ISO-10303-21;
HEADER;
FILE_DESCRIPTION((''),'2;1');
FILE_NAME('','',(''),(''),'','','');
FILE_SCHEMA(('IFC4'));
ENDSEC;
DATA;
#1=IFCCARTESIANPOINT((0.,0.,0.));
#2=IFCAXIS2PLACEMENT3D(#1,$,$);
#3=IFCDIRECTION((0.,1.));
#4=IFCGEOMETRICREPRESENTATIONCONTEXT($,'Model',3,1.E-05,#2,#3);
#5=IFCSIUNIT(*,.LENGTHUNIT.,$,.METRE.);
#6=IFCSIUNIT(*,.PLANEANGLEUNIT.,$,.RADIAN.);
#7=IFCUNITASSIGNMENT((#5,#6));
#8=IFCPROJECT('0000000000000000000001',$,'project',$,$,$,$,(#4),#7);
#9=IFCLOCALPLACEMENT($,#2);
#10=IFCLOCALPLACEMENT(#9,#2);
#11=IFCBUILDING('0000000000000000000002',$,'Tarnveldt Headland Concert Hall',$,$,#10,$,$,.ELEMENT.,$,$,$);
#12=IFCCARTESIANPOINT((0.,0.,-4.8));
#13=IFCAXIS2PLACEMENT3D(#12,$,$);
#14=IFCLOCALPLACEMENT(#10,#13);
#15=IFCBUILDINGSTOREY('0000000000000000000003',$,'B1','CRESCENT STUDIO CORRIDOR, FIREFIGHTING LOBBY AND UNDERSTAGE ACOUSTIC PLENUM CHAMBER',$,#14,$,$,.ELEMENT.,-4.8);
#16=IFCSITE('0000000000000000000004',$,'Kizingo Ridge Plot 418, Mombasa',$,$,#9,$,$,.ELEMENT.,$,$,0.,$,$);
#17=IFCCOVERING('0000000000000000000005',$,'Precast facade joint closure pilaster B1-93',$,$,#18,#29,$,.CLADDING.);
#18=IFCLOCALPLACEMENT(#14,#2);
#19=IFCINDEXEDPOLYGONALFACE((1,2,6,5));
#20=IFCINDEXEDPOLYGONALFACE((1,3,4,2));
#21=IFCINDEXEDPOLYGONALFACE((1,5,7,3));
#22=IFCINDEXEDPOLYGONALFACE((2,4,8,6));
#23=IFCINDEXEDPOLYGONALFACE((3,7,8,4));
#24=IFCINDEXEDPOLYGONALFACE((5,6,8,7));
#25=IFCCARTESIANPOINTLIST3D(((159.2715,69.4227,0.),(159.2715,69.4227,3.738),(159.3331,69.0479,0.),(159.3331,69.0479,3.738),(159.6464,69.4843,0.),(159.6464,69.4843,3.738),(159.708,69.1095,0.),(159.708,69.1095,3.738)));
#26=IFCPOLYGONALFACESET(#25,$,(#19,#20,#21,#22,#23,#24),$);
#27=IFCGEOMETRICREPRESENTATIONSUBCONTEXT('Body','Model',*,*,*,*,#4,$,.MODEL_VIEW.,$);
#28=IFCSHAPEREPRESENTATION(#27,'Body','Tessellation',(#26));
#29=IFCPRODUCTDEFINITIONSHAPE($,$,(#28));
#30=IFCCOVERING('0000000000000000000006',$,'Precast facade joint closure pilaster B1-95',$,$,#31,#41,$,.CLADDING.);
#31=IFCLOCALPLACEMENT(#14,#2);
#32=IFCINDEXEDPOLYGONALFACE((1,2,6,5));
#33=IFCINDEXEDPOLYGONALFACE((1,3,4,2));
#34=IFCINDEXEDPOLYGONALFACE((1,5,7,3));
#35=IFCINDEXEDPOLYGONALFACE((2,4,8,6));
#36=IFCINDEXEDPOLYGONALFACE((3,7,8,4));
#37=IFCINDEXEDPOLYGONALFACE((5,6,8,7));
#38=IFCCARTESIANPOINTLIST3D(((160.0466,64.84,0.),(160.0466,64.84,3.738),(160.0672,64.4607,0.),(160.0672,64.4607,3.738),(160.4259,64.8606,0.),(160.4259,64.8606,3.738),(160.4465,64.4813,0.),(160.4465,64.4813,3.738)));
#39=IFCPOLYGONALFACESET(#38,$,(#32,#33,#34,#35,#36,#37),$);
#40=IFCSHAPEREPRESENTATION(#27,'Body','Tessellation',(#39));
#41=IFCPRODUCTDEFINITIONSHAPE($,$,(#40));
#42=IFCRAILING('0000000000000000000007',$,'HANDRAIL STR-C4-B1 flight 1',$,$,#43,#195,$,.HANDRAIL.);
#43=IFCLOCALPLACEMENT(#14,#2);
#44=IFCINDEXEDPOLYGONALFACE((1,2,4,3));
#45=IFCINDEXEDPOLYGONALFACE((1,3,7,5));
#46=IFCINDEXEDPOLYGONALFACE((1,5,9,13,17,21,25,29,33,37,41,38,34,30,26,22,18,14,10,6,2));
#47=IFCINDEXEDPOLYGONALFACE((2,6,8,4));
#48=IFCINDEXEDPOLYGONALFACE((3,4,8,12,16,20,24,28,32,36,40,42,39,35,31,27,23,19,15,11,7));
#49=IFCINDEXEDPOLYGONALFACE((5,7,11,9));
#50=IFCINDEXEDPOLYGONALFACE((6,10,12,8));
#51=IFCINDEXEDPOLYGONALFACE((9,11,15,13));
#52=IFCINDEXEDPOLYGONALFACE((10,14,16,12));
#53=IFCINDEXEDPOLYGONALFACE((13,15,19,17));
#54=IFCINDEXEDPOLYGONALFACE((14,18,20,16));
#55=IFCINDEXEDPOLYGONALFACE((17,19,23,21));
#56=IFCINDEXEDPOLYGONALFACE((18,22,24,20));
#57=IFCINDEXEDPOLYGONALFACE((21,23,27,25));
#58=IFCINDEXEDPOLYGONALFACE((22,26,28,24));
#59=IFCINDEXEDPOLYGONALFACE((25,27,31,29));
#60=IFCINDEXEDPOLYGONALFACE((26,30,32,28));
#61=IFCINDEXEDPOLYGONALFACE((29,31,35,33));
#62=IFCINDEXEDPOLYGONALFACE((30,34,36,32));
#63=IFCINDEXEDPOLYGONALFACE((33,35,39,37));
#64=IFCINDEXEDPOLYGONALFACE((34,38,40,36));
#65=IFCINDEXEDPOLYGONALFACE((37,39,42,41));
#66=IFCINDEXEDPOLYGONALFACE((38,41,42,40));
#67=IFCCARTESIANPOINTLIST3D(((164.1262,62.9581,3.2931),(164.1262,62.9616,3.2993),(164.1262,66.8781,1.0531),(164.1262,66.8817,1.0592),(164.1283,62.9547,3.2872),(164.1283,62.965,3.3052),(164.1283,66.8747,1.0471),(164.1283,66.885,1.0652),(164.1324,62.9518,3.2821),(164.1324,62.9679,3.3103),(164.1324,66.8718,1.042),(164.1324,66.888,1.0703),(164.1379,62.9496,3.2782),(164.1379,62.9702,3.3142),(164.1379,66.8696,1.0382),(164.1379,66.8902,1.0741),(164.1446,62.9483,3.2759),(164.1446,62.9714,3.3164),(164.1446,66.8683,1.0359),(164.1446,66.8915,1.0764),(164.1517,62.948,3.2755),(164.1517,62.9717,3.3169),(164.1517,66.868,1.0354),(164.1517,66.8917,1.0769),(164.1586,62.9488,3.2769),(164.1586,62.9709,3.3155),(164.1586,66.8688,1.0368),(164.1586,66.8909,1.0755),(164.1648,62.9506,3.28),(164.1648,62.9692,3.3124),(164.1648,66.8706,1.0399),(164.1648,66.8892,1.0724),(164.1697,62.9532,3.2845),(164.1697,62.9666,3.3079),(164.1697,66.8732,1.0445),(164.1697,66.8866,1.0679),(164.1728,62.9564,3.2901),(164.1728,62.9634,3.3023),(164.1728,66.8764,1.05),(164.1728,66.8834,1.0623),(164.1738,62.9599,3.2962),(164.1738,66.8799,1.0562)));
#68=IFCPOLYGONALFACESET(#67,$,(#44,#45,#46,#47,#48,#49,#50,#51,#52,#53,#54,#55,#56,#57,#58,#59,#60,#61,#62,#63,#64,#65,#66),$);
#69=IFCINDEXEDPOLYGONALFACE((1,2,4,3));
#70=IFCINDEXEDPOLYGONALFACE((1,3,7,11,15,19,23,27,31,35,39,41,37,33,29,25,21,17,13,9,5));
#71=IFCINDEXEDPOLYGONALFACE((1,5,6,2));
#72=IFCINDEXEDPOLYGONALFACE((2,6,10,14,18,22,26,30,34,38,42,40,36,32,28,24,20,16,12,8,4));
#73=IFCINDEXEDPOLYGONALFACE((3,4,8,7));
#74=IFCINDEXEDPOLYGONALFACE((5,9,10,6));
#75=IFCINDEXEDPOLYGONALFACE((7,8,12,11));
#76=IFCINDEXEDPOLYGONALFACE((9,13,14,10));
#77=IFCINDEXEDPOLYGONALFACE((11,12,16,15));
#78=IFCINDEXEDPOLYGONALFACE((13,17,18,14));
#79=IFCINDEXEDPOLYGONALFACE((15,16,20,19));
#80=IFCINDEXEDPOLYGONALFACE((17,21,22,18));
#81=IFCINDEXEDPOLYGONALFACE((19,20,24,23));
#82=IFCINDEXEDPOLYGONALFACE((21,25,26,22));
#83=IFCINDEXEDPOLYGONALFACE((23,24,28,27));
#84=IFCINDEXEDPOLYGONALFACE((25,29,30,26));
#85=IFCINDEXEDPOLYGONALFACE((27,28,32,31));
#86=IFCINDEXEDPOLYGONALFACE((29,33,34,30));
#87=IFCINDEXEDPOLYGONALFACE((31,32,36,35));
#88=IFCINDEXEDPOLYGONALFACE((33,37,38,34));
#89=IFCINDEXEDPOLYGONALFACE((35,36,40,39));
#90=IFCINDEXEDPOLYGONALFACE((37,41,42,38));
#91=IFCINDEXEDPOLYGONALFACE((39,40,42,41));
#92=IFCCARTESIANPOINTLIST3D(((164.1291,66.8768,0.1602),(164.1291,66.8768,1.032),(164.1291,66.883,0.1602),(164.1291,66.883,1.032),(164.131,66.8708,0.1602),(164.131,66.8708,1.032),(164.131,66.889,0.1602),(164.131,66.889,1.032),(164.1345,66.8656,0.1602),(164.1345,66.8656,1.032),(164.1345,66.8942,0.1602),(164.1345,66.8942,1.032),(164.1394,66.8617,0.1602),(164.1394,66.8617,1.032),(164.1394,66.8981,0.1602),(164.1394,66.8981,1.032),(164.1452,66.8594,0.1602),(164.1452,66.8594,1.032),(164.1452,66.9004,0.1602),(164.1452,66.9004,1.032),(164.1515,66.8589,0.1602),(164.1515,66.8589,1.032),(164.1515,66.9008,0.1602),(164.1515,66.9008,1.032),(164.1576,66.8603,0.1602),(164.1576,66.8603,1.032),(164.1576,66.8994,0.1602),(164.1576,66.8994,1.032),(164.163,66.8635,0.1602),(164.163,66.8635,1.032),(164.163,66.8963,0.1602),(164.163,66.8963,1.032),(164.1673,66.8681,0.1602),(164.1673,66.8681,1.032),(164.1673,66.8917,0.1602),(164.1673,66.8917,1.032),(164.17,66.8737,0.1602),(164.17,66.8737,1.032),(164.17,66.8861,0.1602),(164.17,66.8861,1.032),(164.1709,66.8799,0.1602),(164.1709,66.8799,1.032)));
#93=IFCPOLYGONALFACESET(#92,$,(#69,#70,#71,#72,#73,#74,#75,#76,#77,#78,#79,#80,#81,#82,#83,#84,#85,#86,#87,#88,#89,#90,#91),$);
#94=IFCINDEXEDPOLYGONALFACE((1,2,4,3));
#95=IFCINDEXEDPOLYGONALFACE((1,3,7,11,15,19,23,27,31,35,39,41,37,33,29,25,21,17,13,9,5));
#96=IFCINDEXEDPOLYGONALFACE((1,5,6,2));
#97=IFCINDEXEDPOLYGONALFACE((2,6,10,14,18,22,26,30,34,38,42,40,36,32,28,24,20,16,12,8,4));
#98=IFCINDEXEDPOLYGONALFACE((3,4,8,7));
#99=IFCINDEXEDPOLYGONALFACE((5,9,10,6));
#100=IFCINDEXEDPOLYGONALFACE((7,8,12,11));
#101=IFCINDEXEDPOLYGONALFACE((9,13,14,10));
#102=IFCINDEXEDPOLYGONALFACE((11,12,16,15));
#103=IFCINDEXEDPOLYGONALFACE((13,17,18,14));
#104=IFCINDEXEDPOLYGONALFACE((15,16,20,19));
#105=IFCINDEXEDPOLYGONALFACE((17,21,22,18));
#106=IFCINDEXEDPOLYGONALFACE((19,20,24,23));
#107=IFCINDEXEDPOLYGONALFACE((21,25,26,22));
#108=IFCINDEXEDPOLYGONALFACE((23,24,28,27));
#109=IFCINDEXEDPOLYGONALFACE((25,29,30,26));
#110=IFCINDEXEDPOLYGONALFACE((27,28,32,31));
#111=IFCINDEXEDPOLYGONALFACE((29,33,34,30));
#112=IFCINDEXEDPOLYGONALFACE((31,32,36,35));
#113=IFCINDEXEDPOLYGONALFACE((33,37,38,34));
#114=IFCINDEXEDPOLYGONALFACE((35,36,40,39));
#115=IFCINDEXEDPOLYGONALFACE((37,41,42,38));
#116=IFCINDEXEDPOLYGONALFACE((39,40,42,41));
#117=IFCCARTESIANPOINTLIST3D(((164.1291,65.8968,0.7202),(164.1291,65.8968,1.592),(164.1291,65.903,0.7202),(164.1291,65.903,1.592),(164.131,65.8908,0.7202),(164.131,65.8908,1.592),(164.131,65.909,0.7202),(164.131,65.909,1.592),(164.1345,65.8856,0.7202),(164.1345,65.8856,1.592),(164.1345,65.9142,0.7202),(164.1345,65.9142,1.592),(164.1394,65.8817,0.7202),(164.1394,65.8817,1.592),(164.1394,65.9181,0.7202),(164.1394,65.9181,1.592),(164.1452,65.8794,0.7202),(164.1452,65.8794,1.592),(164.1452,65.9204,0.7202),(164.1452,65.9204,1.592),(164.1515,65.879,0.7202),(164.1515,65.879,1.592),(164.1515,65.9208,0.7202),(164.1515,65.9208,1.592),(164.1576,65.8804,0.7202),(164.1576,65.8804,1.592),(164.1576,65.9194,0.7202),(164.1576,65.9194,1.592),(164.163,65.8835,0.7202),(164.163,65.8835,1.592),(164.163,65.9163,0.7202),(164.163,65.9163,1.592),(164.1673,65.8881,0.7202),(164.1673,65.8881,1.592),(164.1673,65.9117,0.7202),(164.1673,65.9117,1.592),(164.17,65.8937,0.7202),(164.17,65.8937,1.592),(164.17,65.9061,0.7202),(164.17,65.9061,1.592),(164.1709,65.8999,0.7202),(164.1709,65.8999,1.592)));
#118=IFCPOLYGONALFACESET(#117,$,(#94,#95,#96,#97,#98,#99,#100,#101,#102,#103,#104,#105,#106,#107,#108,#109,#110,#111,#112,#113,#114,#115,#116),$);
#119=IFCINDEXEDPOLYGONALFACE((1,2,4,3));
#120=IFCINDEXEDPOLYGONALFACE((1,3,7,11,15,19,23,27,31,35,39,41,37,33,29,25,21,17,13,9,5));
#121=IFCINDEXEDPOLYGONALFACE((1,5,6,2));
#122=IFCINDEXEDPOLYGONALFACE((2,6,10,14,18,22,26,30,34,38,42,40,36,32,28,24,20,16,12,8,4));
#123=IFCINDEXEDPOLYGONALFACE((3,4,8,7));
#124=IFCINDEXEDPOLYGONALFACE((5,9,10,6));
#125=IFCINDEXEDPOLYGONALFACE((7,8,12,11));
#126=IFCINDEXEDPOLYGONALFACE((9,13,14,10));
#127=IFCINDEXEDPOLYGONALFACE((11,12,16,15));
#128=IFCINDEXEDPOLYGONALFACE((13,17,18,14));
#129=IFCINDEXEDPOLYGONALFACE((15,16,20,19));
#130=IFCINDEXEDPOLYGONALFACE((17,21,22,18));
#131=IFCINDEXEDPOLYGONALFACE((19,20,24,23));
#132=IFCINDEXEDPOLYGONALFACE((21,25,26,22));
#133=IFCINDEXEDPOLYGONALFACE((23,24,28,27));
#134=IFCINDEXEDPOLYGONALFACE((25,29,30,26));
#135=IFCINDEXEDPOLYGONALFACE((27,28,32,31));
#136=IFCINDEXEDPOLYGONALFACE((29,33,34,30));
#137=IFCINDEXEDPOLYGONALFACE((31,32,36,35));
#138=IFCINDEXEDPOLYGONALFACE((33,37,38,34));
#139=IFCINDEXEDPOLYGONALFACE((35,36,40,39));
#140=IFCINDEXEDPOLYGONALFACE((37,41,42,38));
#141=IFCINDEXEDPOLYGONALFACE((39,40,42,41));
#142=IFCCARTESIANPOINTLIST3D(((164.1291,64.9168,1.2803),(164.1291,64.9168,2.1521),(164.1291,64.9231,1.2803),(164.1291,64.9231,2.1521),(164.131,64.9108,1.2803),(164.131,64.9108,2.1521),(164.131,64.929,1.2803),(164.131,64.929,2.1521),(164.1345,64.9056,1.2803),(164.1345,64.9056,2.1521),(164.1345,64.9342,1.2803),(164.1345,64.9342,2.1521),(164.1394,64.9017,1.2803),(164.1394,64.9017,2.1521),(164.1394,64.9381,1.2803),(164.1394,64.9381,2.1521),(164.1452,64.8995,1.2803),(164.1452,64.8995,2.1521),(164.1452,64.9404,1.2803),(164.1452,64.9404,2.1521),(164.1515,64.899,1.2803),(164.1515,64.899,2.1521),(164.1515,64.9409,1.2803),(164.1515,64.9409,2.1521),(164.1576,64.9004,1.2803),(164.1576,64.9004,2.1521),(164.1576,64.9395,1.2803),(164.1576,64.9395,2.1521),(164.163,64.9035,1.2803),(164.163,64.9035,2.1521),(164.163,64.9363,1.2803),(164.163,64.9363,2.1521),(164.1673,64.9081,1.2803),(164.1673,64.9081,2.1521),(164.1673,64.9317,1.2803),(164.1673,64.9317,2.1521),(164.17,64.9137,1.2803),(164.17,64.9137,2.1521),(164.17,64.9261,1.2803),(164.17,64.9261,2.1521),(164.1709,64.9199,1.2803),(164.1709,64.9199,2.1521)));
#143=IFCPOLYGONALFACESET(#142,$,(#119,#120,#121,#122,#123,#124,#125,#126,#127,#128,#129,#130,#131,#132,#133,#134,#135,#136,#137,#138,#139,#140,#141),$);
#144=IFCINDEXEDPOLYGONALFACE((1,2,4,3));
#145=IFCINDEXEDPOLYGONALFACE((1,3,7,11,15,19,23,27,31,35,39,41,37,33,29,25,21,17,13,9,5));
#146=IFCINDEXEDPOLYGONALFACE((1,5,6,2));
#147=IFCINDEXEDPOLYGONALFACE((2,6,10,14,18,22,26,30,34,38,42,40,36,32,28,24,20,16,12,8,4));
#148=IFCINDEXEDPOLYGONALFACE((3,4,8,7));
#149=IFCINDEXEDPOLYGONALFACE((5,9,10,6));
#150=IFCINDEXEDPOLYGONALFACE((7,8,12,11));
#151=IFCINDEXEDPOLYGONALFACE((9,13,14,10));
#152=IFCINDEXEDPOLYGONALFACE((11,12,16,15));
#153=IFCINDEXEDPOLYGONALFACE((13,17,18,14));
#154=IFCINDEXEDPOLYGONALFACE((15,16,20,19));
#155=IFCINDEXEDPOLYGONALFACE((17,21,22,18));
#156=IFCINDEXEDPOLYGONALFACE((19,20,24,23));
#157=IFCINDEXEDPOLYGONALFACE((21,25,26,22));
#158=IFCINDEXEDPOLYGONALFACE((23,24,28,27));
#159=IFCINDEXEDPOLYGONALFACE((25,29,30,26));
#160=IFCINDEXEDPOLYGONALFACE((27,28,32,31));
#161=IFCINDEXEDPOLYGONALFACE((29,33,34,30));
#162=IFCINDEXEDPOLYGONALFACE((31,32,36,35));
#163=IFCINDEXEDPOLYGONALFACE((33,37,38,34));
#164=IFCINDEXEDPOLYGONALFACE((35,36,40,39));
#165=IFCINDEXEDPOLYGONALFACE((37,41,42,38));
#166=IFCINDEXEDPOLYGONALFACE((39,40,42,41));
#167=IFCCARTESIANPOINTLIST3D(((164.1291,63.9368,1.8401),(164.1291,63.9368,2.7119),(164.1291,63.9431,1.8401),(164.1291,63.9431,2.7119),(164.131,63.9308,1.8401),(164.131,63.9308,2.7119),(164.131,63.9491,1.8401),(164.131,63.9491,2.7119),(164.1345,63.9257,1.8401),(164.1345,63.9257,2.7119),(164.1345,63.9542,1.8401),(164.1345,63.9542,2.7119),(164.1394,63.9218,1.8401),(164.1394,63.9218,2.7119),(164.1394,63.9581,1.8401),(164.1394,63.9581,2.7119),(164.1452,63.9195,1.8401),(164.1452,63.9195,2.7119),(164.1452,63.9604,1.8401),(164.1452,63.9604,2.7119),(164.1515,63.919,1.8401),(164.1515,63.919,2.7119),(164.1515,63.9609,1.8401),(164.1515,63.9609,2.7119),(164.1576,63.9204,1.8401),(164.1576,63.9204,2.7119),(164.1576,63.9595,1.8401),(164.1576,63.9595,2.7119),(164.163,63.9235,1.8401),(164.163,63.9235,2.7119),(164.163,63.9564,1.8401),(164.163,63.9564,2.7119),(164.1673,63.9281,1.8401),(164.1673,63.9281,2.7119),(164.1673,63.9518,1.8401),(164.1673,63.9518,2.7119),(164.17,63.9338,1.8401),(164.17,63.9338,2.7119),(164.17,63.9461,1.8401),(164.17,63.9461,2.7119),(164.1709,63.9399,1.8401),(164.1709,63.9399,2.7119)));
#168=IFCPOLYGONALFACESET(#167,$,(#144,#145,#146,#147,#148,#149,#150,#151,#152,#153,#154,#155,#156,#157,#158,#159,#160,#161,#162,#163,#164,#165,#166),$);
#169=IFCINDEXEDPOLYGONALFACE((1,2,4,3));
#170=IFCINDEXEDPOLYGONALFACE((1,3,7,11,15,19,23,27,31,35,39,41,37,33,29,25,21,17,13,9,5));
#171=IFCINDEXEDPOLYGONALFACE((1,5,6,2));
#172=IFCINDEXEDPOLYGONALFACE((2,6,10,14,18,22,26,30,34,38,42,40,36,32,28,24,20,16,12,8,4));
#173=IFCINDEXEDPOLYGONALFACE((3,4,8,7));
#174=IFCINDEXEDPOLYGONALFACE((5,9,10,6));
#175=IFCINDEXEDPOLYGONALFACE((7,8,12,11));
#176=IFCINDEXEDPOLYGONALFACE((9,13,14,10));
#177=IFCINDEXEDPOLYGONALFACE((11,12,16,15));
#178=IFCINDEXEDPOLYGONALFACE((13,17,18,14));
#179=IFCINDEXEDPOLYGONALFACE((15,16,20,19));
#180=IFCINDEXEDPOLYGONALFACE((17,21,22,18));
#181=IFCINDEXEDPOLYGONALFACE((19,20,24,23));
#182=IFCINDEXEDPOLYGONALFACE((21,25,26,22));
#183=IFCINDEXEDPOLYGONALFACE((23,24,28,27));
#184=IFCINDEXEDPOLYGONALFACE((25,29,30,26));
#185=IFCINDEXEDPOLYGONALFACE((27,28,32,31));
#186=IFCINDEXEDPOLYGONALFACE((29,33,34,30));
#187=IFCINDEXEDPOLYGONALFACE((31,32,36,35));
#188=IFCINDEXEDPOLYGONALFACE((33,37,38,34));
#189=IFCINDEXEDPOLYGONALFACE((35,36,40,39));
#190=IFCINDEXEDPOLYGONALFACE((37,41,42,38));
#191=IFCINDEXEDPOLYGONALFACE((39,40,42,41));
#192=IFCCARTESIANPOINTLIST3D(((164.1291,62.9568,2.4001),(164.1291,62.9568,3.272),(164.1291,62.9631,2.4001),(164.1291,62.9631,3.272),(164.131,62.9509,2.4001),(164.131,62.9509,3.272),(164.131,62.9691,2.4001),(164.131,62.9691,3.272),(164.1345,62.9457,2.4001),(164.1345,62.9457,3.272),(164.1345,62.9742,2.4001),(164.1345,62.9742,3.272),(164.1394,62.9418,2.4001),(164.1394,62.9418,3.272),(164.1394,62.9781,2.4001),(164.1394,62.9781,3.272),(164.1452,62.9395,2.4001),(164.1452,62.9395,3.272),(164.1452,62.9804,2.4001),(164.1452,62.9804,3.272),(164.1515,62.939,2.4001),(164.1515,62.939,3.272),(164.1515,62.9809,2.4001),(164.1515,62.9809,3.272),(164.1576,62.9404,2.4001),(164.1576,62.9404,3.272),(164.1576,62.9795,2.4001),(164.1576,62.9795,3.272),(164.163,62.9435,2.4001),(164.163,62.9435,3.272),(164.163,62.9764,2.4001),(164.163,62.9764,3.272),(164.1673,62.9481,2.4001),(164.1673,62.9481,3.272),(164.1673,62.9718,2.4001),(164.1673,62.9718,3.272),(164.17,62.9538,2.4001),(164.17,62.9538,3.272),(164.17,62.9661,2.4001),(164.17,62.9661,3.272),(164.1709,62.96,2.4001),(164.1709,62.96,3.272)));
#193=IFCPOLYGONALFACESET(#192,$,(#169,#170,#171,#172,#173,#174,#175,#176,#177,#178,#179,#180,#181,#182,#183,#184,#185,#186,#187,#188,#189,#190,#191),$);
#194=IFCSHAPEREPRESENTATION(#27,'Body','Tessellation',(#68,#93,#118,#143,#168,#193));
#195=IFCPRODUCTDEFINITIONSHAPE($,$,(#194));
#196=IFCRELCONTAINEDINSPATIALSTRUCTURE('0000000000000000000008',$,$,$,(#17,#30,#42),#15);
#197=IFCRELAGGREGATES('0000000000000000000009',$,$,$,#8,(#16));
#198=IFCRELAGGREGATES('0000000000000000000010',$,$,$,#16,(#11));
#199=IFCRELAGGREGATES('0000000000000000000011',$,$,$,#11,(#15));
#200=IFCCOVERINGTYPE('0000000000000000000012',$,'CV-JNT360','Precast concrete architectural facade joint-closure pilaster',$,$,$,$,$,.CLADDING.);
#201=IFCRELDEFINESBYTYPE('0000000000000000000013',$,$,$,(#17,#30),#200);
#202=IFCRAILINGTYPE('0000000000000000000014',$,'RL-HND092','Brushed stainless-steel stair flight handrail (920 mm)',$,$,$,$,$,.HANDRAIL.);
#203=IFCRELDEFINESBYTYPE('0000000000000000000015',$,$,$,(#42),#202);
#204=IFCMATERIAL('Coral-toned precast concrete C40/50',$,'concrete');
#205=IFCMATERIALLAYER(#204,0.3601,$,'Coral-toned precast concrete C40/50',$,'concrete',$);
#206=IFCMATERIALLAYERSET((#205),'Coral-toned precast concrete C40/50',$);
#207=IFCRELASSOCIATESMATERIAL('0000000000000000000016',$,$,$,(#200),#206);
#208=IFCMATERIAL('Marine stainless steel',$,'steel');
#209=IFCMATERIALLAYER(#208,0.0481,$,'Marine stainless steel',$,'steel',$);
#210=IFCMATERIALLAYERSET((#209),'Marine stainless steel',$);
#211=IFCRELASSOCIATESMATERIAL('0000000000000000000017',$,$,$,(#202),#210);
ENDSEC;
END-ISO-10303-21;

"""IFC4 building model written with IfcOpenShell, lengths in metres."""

from ifc_helpers import new_model, si_unit, direction, frame, origin, origin_2d, place, context, subcontext, project, spatial, rectangle, circle, extrude, material, layer, layer_set, type_object, element, save


model = new_model("IFC4")

# Units and contexts
model_context = context("Model", 3, precision=1e-05, world=origin(), true_north=direction((0.0, 1.0)))
body_context = subcontext(model_context, "Body", "Model", "MODEL_VIEW")
ifc_project = project(units=[si_unit("LENGTHUNIT", "METRE"), si_unit("PLANEANGLEUNIT", "RADIAN")], contexts=[model_context])

# Site, building, storey
site_placement = place(None, origin())
site = spatial("IfcSite", under=ifc_project, at=site_placement, Name="Kizingo Ridge Plot 418, Mombasa", CompositionType="ELEMENT", RefElevation=0.0)
building_placement = place(site_placement, origin())
building = spatial("IfcBuilding", under=site, at=building_placement, Name="Tarnveldt Headland Concert Hall", CompositionType="ELEMENT")
storey_placement = place(building_placement, frame((0.0, 0.0, -4.8)))
storey = spatial("IfcBuildingStorey", under=building, at=storey_placement, Name="B1", Description="CRESCENT STUDIO CORRIDOR, FIREFIGHTING LOBBY AND UNDERSTAGE ACOUSTIC PLENUM CHAMBER", CompositionType="ELEMENT", Elevation=-4.8)

# Shared definitions
ifc_material_1 = material(Name="Coral-toned precast concrete C40/50", Category="concrete")

# Coverings
ifc_layer_1 = layer(ifc_material_1, 0.3601, Name="Coral-toned precast concrete C40/50", Category="concrete")
ifc_layer_set_1 = layer_set([ifc_layer_1], Name="Coral-toned precast concrete C40/50")
covering_type = type_object("IfcCoveringType", Name="CV-JNT360", Description="Precast concrete architectural facade joint-closure pilaster", PredefinedType="CLADDING", material=ifc_layer_set_1)
for number, where, z_axis, x_axis, name in (
    (1, (159.4897, 69.2661, 0.0), (0.0, 0.0, 1.0), (-0.162121, 0.986771, 0.0), "Precast facade joint closure pilaster B1-93"),
    (2, (160.2466, 64.6606, 0.0), (0.0, 0.0, 1.0), (-0.054253, 0.998527, 0.0), "Precast facade joint closure pilaster B1-95"),
):
    element("IfcCovering", number, at=place(storey_placement, frame(where, z_axis=z_axis, x_axis=x_axis)), inside=storey, type_object=covering_type, Name=name, PredefinedType="CLADDING", context=body_context, shape_type="SweptSolid", body=[
        extrude(rectangle(XDim=0.3799, YDim=0.3799, at=origin_2d()), origin(), (0.0, 0.0, 1.0), 3.738),
    ])

# Railing
ifc_material_2 = material(Name="Marine stainless steel", Category="steel")
ifc_layer_2 = layer(ifc_material_2, 0.0481, Name="Marine stainless steel", Category="steel")
ifc_layer_set_2 = layer_set([ifc_layer_2], Name="Marine stainless steel")
railing_type = type_object("IfcRailingType", Name="RL-HND092", Description="Brushed stainless-steel stair flight handrail (920 mm)", PredefinedType="HANDRAIL", material=ifc_layer_set_2)
railing_placement = place(storey_placement, frame((164.1499, 66.8799, 0.1602)))
element("IfcRailing", 3, at=railing_placement, inside=storey, type_object=railing_type, Name="HANDRAIL STR-C4-B1 flight 1", PredefinedType="HANDRAIL", context=body_context, shape_type="SweptSolid", body=[
    extrude(circle(Radius=0.0239, at=origin_2d()), frame((0.0, 0.0, 0.896), z_axis=(0.0, -0.86824, 0.496145), x_axis=(1.0, 0.0, 0.0)), (0.0, 0.0, 1.0), 4.5149),
    extrude(circle(Radius=0.021, at=origin_2d()), origin(), (0.0, 0.0, 1.0), 0.8718),
    extrude(circle(Radius=0.021, at=origin_2d()), frame((0.0, -0.98, 0.5601)), (0.0, 0.0, 1.0), 0.8718),
    extrude(circle(Radius=0.021, at=origin_2d()), frame((0.0, -1.96, 1.1201)), (0.0, 0.0, 1.0), 0.8718),
    extrude(circle(Radius=0.021, at=origin_2d()), frame((0.0, -2.9399, 1.6799)), (0.0, 0.0, 1.0), 0.8718),
    extrude(circle(Radius=0.021, at=origin_2d()), frame((0.0, -3.9199, 2.24)), (0.0, 0.0, 1.0), 0.8718),
])

save(model, "model.ifc")
